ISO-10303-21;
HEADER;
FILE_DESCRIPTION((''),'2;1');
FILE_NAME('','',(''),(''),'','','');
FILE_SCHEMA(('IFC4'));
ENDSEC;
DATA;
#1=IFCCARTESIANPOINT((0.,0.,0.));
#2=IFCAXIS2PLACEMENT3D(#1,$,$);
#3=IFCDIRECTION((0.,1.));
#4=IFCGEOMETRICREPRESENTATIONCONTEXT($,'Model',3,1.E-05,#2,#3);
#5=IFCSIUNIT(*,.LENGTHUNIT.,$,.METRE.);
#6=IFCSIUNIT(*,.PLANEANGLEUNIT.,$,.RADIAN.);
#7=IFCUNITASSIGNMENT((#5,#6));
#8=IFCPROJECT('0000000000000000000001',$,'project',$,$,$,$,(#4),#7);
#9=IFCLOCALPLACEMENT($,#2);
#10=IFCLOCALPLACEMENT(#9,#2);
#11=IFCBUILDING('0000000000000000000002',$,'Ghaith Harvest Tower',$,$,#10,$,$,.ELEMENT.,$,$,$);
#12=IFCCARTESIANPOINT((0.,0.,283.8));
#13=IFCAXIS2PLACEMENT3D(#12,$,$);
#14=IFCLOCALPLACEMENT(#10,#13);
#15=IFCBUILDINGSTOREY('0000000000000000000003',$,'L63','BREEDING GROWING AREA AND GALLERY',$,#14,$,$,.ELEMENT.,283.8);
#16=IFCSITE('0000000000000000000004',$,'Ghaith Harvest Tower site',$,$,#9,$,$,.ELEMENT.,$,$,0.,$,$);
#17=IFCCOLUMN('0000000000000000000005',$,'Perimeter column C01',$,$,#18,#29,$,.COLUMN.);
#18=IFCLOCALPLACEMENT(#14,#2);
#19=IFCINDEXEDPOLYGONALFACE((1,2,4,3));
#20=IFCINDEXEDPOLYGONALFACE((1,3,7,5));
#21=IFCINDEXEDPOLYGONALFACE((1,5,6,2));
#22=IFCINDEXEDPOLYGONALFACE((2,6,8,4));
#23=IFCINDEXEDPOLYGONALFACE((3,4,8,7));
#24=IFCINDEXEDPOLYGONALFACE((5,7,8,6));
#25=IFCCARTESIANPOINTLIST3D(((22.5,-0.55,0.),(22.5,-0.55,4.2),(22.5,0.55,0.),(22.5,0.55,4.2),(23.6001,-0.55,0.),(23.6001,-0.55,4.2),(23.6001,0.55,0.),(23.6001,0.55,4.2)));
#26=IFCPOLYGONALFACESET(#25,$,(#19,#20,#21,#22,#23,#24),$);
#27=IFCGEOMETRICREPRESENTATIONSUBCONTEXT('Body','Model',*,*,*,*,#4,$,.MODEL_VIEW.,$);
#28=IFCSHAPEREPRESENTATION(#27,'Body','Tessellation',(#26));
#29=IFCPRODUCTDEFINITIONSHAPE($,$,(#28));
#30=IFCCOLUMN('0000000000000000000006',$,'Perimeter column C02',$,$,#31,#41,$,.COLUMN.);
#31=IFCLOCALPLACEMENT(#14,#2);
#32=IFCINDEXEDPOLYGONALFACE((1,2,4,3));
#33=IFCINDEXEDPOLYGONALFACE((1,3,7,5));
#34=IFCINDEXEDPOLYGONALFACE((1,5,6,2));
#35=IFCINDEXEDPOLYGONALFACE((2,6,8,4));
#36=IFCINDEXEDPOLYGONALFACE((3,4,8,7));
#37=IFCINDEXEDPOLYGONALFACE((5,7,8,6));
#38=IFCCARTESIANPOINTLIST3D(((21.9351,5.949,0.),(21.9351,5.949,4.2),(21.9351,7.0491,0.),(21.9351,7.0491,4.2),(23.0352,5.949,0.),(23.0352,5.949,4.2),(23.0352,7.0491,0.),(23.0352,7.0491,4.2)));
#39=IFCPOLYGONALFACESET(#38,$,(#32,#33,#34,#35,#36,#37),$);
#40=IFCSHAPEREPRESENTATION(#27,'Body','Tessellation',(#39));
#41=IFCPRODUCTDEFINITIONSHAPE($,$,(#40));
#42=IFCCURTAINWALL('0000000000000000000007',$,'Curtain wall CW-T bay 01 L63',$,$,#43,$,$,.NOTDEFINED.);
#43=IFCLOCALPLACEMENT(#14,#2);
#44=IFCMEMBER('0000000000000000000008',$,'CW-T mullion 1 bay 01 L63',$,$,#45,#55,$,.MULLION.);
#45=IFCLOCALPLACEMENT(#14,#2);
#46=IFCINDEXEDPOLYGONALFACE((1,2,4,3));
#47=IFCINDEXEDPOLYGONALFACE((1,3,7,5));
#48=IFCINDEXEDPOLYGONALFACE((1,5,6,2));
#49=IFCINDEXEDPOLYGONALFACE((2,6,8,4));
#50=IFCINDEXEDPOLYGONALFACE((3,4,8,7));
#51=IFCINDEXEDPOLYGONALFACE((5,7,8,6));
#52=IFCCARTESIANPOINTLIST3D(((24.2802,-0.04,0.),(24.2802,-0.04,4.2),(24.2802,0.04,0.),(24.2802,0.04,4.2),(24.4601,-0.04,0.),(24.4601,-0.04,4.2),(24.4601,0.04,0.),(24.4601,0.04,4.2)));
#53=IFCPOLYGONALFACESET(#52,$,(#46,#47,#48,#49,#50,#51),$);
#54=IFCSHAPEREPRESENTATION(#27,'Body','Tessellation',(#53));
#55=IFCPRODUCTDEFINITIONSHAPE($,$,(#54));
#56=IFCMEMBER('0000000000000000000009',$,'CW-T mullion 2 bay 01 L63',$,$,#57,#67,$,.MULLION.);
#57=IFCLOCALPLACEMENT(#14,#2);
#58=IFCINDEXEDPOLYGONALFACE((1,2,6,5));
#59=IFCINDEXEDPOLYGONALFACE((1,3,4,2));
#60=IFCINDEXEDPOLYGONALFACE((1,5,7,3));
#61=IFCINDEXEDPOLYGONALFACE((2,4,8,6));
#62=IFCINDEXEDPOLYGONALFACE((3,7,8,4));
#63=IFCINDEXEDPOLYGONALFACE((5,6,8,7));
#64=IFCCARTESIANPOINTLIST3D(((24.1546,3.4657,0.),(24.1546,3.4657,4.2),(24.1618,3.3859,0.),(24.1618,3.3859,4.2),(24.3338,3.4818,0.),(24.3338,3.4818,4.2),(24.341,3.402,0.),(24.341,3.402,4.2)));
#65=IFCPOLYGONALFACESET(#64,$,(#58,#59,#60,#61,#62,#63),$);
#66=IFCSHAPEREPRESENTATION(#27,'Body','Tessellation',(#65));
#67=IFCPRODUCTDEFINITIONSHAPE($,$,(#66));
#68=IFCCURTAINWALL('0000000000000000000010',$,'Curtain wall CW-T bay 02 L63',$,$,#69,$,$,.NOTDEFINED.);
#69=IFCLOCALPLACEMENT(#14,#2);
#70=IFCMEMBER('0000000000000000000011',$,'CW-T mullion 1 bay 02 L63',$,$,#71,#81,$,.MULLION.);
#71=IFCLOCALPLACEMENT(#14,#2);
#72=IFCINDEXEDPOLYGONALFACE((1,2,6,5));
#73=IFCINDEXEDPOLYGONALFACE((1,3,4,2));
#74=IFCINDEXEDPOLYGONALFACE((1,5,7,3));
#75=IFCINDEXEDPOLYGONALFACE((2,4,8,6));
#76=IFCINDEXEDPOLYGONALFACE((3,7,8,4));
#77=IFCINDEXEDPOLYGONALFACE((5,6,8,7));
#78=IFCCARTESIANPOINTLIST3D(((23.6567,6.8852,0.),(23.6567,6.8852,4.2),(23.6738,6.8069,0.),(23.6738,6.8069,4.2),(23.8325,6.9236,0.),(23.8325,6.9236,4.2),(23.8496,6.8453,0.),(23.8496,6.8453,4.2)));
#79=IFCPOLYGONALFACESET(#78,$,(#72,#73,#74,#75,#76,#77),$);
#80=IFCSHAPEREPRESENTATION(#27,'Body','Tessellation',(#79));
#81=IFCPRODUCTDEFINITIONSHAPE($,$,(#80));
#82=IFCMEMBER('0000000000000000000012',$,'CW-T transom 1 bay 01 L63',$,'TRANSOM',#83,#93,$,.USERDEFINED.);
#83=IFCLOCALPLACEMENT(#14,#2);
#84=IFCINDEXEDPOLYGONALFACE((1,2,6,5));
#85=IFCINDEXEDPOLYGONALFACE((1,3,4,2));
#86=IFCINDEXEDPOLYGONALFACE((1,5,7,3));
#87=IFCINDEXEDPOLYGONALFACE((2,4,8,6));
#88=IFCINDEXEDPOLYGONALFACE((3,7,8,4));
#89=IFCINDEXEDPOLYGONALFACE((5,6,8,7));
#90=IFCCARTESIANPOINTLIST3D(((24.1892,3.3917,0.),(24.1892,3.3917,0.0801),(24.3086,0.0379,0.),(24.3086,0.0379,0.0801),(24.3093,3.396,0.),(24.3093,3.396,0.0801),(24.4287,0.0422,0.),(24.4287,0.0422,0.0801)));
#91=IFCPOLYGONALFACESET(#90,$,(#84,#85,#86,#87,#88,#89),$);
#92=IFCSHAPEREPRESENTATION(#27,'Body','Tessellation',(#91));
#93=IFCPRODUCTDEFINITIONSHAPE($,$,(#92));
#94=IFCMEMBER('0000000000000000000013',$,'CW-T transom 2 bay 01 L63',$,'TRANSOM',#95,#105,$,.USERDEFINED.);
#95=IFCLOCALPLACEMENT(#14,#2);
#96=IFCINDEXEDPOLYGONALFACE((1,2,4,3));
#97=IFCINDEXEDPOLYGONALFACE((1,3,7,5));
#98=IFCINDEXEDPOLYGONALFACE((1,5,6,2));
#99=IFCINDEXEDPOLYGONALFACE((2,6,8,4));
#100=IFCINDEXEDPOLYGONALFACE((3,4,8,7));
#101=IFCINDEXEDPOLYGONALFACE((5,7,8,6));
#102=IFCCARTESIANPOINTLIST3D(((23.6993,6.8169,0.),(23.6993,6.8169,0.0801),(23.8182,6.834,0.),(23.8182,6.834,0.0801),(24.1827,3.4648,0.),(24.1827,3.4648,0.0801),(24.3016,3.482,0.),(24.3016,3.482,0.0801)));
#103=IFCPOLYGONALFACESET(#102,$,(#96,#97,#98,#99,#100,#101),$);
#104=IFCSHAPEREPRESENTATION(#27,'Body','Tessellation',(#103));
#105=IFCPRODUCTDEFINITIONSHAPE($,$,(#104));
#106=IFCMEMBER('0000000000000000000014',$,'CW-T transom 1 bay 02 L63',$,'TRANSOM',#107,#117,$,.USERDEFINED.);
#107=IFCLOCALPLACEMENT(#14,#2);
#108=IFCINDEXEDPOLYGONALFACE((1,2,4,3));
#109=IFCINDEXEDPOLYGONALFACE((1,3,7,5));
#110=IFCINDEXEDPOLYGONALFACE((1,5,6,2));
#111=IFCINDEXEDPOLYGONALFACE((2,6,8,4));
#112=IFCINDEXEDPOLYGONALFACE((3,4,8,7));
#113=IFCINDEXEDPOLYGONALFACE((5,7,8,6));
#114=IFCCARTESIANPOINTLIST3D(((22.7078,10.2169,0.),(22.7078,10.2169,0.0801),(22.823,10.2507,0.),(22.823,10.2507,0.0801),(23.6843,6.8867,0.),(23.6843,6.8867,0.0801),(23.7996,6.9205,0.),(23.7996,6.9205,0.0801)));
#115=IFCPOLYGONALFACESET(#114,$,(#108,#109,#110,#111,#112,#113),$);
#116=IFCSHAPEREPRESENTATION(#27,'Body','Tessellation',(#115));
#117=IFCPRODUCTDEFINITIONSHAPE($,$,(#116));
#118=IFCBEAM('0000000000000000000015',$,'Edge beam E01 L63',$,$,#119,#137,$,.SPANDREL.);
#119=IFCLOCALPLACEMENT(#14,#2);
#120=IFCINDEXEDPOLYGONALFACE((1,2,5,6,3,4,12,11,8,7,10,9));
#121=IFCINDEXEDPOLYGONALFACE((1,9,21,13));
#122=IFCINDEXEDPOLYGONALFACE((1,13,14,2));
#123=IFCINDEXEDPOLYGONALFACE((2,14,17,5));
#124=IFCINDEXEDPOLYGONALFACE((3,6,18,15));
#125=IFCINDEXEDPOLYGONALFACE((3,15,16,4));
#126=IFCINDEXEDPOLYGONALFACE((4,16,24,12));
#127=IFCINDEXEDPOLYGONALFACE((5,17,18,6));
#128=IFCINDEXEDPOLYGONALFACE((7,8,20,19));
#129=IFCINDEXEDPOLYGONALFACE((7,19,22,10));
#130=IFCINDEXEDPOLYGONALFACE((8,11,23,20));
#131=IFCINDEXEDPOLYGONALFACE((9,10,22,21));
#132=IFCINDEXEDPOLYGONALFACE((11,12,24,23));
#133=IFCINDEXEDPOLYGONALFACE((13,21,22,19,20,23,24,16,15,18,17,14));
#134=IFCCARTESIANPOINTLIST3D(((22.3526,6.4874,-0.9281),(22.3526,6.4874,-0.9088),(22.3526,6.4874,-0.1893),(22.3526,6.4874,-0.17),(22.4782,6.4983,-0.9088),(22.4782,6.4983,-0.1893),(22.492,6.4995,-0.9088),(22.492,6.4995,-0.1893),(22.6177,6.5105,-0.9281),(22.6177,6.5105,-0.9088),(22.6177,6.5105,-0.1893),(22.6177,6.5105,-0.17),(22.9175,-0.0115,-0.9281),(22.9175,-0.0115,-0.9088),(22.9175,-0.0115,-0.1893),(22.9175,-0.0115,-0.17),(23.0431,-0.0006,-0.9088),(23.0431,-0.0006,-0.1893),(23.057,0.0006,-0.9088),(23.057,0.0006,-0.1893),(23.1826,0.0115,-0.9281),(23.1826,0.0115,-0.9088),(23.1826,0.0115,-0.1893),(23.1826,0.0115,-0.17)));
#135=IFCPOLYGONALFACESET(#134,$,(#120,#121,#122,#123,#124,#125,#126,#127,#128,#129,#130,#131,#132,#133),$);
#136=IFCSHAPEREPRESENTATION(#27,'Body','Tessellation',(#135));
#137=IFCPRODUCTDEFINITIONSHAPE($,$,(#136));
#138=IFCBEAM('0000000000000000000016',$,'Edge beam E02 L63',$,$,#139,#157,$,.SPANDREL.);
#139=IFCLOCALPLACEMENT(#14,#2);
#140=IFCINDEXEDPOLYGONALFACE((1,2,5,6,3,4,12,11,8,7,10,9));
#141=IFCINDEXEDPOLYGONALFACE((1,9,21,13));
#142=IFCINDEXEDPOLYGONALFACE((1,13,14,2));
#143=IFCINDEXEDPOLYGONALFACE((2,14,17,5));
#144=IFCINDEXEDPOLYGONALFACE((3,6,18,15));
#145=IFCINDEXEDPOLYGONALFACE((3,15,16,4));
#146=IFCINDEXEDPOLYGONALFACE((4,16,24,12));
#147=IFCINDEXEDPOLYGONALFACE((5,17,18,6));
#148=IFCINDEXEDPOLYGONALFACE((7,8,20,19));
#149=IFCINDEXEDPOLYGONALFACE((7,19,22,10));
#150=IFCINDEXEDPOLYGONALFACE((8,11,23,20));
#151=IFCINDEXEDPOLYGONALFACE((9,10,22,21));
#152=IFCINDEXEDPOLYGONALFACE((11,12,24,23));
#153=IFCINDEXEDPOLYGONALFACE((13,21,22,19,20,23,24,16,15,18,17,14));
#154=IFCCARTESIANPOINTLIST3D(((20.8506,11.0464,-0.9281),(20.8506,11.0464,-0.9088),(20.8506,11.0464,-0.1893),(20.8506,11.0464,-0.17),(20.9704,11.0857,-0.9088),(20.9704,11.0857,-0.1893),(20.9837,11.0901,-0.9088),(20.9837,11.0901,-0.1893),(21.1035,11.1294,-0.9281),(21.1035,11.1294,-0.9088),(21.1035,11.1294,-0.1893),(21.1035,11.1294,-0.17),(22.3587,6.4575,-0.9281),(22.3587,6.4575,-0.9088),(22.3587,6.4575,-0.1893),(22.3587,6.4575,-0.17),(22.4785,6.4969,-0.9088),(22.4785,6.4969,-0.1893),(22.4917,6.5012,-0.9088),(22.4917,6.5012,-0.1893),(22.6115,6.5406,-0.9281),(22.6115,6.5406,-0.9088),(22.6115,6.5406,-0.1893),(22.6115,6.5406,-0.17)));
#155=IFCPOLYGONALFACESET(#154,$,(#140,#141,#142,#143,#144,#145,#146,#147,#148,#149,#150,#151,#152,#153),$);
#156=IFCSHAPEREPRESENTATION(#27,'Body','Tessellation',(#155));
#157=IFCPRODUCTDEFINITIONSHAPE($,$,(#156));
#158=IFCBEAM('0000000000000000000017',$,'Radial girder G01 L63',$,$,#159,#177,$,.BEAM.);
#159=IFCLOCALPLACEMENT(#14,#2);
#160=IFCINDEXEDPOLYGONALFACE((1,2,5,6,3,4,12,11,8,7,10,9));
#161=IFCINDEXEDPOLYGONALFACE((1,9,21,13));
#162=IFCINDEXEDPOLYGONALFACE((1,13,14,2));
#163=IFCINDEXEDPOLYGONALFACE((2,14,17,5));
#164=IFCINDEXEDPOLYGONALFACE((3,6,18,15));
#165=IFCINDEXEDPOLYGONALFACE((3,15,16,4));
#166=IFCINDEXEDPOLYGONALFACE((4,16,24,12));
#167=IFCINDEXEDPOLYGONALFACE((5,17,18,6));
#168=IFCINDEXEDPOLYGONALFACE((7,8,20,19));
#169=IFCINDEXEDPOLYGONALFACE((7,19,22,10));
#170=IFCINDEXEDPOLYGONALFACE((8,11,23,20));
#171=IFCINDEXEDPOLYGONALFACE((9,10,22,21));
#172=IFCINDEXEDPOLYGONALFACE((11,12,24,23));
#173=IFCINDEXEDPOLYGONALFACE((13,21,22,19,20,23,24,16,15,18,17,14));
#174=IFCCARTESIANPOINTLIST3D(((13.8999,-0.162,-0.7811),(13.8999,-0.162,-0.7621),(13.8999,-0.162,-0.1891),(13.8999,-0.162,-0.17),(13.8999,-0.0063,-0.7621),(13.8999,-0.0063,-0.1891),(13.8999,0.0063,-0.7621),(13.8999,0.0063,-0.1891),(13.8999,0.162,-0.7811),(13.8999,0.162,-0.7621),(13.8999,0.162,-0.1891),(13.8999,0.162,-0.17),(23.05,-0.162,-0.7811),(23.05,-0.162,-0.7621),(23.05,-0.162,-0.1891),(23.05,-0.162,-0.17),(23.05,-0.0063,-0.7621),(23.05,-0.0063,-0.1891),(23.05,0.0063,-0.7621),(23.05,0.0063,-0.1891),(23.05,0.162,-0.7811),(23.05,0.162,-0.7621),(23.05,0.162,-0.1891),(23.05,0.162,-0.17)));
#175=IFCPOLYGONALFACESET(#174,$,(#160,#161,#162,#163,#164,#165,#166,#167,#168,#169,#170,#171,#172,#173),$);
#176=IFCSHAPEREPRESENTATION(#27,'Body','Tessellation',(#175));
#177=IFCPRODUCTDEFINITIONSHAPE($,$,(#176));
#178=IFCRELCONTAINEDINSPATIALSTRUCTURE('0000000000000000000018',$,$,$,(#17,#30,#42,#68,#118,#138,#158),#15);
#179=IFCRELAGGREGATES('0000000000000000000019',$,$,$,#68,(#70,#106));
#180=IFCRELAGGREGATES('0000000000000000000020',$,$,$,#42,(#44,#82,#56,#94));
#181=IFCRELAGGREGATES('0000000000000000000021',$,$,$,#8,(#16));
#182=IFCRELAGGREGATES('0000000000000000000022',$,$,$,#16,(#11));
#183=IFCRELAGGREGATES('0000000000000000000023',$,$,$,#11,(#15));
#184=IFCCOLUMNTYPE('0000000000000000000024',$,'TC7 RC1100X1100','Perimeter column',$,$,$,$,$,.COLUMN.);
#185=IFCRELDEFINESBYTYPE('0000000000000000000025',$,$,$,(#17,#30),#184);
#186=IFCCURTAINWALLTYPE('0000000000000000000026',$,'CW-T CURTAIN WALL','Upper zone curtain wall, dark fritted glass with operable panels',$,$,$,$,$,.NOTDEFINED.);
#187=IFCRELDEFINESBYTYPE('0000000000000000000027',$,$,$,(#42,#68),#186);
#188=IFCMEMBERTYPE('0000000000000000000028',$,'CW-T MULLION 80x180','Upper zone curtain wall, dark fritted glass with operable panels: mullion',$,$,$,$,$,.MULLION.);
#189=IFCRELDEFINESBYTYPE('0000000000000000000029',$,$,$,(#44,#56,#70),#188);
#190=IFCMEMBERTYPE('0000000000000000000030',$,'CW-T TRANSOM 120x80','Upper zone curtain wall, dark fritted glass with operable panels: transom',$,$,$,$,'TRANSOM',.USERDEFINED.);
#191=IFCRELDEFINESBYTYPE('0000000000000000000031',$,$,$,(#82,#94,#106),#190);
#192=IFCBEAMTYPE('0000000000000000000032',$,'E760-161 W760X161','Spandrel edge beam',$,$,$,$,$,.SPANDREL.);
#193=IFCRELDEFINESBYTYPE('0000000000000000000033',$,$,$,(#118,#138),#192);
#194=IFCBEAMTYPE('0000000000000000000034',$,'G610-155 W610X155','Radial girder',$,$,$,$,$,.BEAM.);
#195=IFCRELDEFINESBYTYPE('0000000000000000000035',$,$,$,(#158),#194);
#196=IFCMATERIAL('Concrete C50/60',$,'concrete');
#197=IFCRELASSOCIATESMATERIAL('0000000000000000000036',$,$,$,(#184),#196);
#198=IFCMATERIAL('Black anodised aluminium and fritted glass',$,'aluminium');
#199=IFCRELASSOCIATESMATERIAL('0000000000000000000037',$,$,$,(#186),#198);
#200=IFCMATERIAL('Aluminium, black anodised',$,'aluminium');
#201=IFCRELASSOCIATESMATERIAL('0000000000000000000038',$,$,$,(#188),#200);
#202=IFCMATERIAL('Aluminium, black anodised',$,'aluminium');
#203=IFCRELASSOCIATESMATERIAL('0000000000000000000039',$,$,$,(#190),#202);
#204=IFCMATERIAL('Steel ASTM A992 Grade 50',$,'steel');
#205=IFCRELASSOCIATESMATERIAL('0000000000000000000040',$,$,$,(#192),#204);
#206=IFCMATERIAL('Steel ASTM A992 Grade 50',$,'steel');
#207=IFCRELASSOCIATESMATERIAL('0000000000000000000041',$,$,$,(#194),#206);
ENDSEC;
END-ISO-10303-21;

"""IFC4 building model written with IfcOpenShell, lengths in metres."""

from ifc_helpers import new_model, si_unit, direction, frame, origin, origin_2d, place, context, subcontext, project, spatial, rectangle, i_section, extrude, material, material_profile, profile_set, type_object, element, aggregate, save


model = new_model("IFC4")

# Units and contexts
model_context = context("Model", 3, precision=1e-05, world=origin(), true_north=direction((0.0, 1.0)))
body_context = subcontext(model_context, "Body", "Model", "MODEL_VIEW")
ifc_project = project(units=[si_unit("LENGTHUNIT", "METRE"), si_unit("PLANEANGLEUNIT", "RADIAN")], contexts=[model_context])

# Site, building, storey
site_placement = place(None, origin())
site = spatial("IfcSite", under=ifc_project, at=site_placement, Name="Ghaith Harvest Tower site", CompositionType="ELEMENT", RefElevation=0.0)
building_placement = place(site_placement, origin())
building = spatial("IfcBuilding", under=site, at=building_placement, Name="Ghaith Harvest Tower", CompositionType="ELEMENT")
storey_placement = place(building_placement, frame((0.0, 0.0, 283.8)))
storey = spatial("IfcBuildingStorey", under=building, at=storey_placement, Name="L63", Description="BREEDING GROWING AREA AND GALLERY", CompositionType="ELEMENT", Elevation=283.8)

# Columns
ifc_material_1 = material(Name="Concrete C50/60", Category="concrete")
ifc_material_profile_1 = material_profile(ifc_material_1, rectangle(XDim=1.1001, YDim=1.1001, at=origin_2d()), Name="RC1100X1100")
ifc_profile_set_1 = profile_set([ifc_material_profile_1], Name="Concrete C50/60")
column_type = type_object("IfcColumnType", Name="TC7 RC1100X1100", Description="Perimeter column", PredefinedType="COLUMN", material=ifc_profile_set_1)
for number, where, z_axis, x_axis, name in (
    (1, (23.05, 0.0, 0.0), (0.0, 0.0, 1.0), (1.0, 0.0, 0.0), "Perimeter column C01"),
    (2, (22.4851, 6.499, 0.0), (0.0, 0.0, 1.0), (1.0, 0.0, 0.0), "Perimeter column C02"),
):
    element("IfcColumn", number, at=place(storey_placement, frame(where, z_axis=z_axis, x_axis=x_axis)), inside=storey, type_object=column_type, Name=name, PredefinedType="COLUMN", context=body_context, shape_type="SweptSolid", body=[
        extrude(rectangle(XDim=1.1001, YDim=1.1001, at=origin_2d()), origin(), (0.0, 0.0, 1.0), 4.2),
    ])

# Curtain wall, members
ifc_material_2 = material(Name="Black anodised aluminium and fritted glass", Category="aluminium")
curtain_wall_type = type_object("IfcCurtainWallType", Name="CW-T CURTAIN WALL", Description="Upper zone curtain wall, dark fritted glass with operable panels", PredefinedType="NOTDEFINED", material=ifc_material_2)
curtain_wall_1_placement = place(storey_placement, origin())
curtain_wall_1 = element("IfcCurtainWall", 3, at=curtain_wall_1_placement, inside=storey, type_object=curtain_wall_type, Name="Curtain wall CW-T bay 01 L63", PredefinedType="NOTDEFINED")
ifc_material_3 = material(Name="Aluminium, black anodised", Category="aluminium")
ifc_material_profile_2 = material_profile(ifc_material_3, rectangle(XDim=0.0801, YDim=0.1799, at=origin_2d()), Name="CW-T MULLION 80x180")
ifc_profile_set_2 = profile_set([ifc_material_profile_2], Name="Aluminium, black anodised")
member_type_1 = type_object("IfcMemberType", Name="CW-T MULLION 80x180", Description="Upper zone curtain wall, dark fritted glass with operable panels: mullion", PredefinedType="MULLION", material=ifc_profile_set_2)
member_1_placement = place(storey_placement, frame((24.3701, 0.0, 0.0), z_axis=(0.0, 0.0, 1.0), x_axis=(0.0, 1.0, 0.0)))
member_1 = element("IfcMember", 4, at=member_1_placement, type_object=member_type_1, Name="CW-T mullion 1 bay 01 L63", PredefinedType="MULLION", context=body_context, shape_type="SweptSolid", body=[
    extrude(rectangle(XDim=0.0801, YDim=0.1799, at=origin_2d()), origin(), (0.0, 0.0, 1.0), 4.2),
])
member_2_placement = place(storey_placement, frame((24.2478, 3.4338, 0.0), z_axis=(0.0, 0.0, 1.0), x_axis=(-0.089502, 0.995987, 0.0)))
member_2 = element("IfcMember", 5, at=member_2_placement, type_object=member_type_1, Name="CW-T mullion 2 bay 01 L63", PredefinedType="MULLION", context=body_context, shape_type="SweptSolid", body=[
    extrude(rectangle(XDim=0.0801, YDim=0.1799, at=origin_2d()), origin(), (0.0, 0.0, 1.0), 4.2),
])

# Curtain wall, member
curtain_wall_2_placement = place(storey_placement, origin())
curtain_wall_2 = element("IfcCurtainWall", 6, at=curtain_wall_2_placement, inside=storey, type_object=curtain_wall_type, Name="Curtain wall CW-T bay 02 L63", PredefinedType="NOTDEFINED")
member_3_placement = place(storey_placement, frame((23.7532, 6.8652, 0.0), z_axis=(0.0, 0.0, 1.0), x_axis=(-0.213402, 0.976964, 0.0)))
member_3 = element("IfcMember", 7, at=member_3_placement, type_object=member_type_1, Name="CW-T mullion 1 bay 02 L63", PredefinedType="MULLION", context=body_context, shape_type="SweptSolid", body=[
    extrude(rectangle(XDim=0.0801, YDim=0.1799, at=origin_2d()), origin(), (0.0, 0.0, 1.0), 4.2),
])

# Members
ifc_material_4 = material(Name="Aluminium, black anodised", Category="aluminium")
ifc_material_profile_3 = material_profile(ifc_material_4, rectangle(XDim=0.1201, YDim=0.0801, at=origin_2d()), Name="CW-T TRANSOM 120x80")
ifc_profile_set_3 = profile_set([ifc_material_profile_3], Name="Aluminium, black anodised")
member_type_2 = type_object("IfcMemberType", Name="CW-T TRANSOM 120x80", Description="Upper zone curtain wall, dark fritted glass with operable panels: transom", ElementType="TRANSOM", PredefinedType="USERDEFINED", material=ifc_profile_set_3)
member_4_placement = place(storey_placement, frame((24.3687, 0.04, 0.04), z_axis=(-0.035575, 0.999367, 0.0), x_axis=(-0.999367, -0.035575, 0.0)))
member_4 = element("IfcMember", 8, at=member_4_placement, type_object=member_type_2, Name="CW-T transom 1 bay 01 L63", ObjectType="TRANSOM", PredefinedType="USERDEFINED", context=body_context, shape_type="SweptSolid", body=[
    extrude(rectangle(XDim=0.1201, YDim=0.0801, at=origin_2d()), origin(), (0.0, 0.0, 1.0), 3.356),
])
member_5_placement = place(storey_placement, frame((24.2422, 3.4734, 0.04), z_axis=(-0.142733, 0.989761, 0.0), x_axis=(-0.989761, -0.142733, 0.0)))
member_5 = element("IfcMember", 9, at=member_5_placement, type_object=member_type_2, Name="CW-T transom 2 bay 01 L63", ObjectType="TRANSOM", PredefinedType="USERDEFINED", context=body_context, shape_type="SweptSolid", body=[
    extrude(rectangle(XDim=0.1201, YDim=0.0801, at=origin_2d()), origin(), (0.0, 0.0, 1.0), 3.3867),
])
member_6_placement = place(storey_placement, frame((23.7419, 6.9036, 0.04), z_axis=(-0.281385, 0.959595, 0.0), x_axis=(-0.959595, -0.281385, 0.0)))
member_6 = element("IfcMember", 10, at=member_6_placement, type_object=member_type_2, Name="CW-T transom 1 bay 02 L63", ObjectType="TRANSOM", PredefinedType="USERDEFINED", context=body_context, shape_type="SweptSolid", body=[
    extrude(rectangle(XDim=0.1201, YDim=0.0801, at=origin_2d()), origin(), (0.0, 0.0, 1.0), 3.4705),
])
aggregate(curtain_wall_2, [member_3, member_6])

# Beams
ifc_material_5 = material(Name="Steel ASTM A992 Grade 50", Category="steel")
ifc_material_profile_4 = material_profile(ifc_material_5, i_section(OverallWidth=0.2661, OverallDepth=0.7581, WebThickness=0.0139, FlangeThickness=0.0193, at=origin_2d()), Name="W760X161")
ifc_profile_set_4 = profile_set([ifc_material_profile_4], Name="Steel ASTM A992 Grade 50")
beam_type_1 = type_object("IfcBeamType", Name="E760-161 W760X161", Description="Spandrel edge beam", PredefinedType="SPANDREL", material=ifc_profile_set_4)
beam_1_placement = place(storey_placement, frame((23.05, 0.0, -0.5491), z_axis=(-0.086601, 0.996243, 0.0), x_axis=(-0.996243, -0.086601, 0.0)))
element("IfcBeam", 11, at=beam_1_placement, inside=storey, type_object=beam_type_1, Name="Edge beam E01 L63", PredefinedType="SPANDREL", context=body_context, shape_type="SweptSolid", body=[
    extrude(i_section(OverallWidth=0.2661, OverallDepth=0.7581, WebThickness=0.0139, FlangeThickness=0.0193, at=origin_2d()), origin(), (0.0, 0.0, 1.0), 6.5234),
])
beam_2_placement = place(storey_placement, frame((22.4851, 6.499, -0.5491), z_axis=(-0.312207, 0.950014, 0.0), x_axis=(-0.950014, -0.312207, 0.0)))
element("IfcBeam", 12, at=beam_2_placement, inside=storey, type_object=beam_type_1, Name="Edge beam E02 L63", PredefinedType="SPANDREL", context=body_context, shape_type="SweptSolid", body=[
    extrude(i_section(OverallWidth=0.2661, OverallDepth=0.7581, WebThickness=0.0139, FlangeThickness=0.0193, at=origin_2d()), origin(), (0.0, 0.0, 1.0), 4.8303),
])
ifc_material_6 = material(Name="Steel ASTM A992 Grade 50", Category="steel")
ifc_material_profile_5 = material_profile(ifc_material_6, i_section(OverallWidth=0.324, OverallDepth=0.6111, WebThickness=0.0127, FlangeThickness=0.019, at=origin_2d()), Name="W610X155")
ifc_profile_set_5 = profile_set([ifc_material_profile_5], Name="Steel ASTM A992 Grade 50")
beam_type_2 = type_object("IfcBeamType", Name="G610-155 W610X155", Description="Radial girder", PredefinedType="BEAM", material=ifc_profile_set_5)
beam_3_placement = place(storey_placement, frame((13.8999, 0.0, -0.4756), z_axis=(1.0, 0.0, 0.0), x_axis=(0.0, 1.0, 0.0)))
element("IfcBeam", 13, at=beam_3_placement, inside=storey, type_object=beam_type_2, Name="Radial girder G01 L63", PredefinedType="BEAM", context=body_context, shape_type="SweptSolid", body=[
    extrude(i_section(OverallWidth=0.324, OverallDepth=0.6111, WebThickness=0.0127, FlangeThickness=0.019, at=origin_2d()), origin(), (0.0, 0.0, 1.0), 9.1501),
])

aggregate(curtain_wall_1, [member_1, member_4, member_2, member_5])

save(model, "model.ifc")
